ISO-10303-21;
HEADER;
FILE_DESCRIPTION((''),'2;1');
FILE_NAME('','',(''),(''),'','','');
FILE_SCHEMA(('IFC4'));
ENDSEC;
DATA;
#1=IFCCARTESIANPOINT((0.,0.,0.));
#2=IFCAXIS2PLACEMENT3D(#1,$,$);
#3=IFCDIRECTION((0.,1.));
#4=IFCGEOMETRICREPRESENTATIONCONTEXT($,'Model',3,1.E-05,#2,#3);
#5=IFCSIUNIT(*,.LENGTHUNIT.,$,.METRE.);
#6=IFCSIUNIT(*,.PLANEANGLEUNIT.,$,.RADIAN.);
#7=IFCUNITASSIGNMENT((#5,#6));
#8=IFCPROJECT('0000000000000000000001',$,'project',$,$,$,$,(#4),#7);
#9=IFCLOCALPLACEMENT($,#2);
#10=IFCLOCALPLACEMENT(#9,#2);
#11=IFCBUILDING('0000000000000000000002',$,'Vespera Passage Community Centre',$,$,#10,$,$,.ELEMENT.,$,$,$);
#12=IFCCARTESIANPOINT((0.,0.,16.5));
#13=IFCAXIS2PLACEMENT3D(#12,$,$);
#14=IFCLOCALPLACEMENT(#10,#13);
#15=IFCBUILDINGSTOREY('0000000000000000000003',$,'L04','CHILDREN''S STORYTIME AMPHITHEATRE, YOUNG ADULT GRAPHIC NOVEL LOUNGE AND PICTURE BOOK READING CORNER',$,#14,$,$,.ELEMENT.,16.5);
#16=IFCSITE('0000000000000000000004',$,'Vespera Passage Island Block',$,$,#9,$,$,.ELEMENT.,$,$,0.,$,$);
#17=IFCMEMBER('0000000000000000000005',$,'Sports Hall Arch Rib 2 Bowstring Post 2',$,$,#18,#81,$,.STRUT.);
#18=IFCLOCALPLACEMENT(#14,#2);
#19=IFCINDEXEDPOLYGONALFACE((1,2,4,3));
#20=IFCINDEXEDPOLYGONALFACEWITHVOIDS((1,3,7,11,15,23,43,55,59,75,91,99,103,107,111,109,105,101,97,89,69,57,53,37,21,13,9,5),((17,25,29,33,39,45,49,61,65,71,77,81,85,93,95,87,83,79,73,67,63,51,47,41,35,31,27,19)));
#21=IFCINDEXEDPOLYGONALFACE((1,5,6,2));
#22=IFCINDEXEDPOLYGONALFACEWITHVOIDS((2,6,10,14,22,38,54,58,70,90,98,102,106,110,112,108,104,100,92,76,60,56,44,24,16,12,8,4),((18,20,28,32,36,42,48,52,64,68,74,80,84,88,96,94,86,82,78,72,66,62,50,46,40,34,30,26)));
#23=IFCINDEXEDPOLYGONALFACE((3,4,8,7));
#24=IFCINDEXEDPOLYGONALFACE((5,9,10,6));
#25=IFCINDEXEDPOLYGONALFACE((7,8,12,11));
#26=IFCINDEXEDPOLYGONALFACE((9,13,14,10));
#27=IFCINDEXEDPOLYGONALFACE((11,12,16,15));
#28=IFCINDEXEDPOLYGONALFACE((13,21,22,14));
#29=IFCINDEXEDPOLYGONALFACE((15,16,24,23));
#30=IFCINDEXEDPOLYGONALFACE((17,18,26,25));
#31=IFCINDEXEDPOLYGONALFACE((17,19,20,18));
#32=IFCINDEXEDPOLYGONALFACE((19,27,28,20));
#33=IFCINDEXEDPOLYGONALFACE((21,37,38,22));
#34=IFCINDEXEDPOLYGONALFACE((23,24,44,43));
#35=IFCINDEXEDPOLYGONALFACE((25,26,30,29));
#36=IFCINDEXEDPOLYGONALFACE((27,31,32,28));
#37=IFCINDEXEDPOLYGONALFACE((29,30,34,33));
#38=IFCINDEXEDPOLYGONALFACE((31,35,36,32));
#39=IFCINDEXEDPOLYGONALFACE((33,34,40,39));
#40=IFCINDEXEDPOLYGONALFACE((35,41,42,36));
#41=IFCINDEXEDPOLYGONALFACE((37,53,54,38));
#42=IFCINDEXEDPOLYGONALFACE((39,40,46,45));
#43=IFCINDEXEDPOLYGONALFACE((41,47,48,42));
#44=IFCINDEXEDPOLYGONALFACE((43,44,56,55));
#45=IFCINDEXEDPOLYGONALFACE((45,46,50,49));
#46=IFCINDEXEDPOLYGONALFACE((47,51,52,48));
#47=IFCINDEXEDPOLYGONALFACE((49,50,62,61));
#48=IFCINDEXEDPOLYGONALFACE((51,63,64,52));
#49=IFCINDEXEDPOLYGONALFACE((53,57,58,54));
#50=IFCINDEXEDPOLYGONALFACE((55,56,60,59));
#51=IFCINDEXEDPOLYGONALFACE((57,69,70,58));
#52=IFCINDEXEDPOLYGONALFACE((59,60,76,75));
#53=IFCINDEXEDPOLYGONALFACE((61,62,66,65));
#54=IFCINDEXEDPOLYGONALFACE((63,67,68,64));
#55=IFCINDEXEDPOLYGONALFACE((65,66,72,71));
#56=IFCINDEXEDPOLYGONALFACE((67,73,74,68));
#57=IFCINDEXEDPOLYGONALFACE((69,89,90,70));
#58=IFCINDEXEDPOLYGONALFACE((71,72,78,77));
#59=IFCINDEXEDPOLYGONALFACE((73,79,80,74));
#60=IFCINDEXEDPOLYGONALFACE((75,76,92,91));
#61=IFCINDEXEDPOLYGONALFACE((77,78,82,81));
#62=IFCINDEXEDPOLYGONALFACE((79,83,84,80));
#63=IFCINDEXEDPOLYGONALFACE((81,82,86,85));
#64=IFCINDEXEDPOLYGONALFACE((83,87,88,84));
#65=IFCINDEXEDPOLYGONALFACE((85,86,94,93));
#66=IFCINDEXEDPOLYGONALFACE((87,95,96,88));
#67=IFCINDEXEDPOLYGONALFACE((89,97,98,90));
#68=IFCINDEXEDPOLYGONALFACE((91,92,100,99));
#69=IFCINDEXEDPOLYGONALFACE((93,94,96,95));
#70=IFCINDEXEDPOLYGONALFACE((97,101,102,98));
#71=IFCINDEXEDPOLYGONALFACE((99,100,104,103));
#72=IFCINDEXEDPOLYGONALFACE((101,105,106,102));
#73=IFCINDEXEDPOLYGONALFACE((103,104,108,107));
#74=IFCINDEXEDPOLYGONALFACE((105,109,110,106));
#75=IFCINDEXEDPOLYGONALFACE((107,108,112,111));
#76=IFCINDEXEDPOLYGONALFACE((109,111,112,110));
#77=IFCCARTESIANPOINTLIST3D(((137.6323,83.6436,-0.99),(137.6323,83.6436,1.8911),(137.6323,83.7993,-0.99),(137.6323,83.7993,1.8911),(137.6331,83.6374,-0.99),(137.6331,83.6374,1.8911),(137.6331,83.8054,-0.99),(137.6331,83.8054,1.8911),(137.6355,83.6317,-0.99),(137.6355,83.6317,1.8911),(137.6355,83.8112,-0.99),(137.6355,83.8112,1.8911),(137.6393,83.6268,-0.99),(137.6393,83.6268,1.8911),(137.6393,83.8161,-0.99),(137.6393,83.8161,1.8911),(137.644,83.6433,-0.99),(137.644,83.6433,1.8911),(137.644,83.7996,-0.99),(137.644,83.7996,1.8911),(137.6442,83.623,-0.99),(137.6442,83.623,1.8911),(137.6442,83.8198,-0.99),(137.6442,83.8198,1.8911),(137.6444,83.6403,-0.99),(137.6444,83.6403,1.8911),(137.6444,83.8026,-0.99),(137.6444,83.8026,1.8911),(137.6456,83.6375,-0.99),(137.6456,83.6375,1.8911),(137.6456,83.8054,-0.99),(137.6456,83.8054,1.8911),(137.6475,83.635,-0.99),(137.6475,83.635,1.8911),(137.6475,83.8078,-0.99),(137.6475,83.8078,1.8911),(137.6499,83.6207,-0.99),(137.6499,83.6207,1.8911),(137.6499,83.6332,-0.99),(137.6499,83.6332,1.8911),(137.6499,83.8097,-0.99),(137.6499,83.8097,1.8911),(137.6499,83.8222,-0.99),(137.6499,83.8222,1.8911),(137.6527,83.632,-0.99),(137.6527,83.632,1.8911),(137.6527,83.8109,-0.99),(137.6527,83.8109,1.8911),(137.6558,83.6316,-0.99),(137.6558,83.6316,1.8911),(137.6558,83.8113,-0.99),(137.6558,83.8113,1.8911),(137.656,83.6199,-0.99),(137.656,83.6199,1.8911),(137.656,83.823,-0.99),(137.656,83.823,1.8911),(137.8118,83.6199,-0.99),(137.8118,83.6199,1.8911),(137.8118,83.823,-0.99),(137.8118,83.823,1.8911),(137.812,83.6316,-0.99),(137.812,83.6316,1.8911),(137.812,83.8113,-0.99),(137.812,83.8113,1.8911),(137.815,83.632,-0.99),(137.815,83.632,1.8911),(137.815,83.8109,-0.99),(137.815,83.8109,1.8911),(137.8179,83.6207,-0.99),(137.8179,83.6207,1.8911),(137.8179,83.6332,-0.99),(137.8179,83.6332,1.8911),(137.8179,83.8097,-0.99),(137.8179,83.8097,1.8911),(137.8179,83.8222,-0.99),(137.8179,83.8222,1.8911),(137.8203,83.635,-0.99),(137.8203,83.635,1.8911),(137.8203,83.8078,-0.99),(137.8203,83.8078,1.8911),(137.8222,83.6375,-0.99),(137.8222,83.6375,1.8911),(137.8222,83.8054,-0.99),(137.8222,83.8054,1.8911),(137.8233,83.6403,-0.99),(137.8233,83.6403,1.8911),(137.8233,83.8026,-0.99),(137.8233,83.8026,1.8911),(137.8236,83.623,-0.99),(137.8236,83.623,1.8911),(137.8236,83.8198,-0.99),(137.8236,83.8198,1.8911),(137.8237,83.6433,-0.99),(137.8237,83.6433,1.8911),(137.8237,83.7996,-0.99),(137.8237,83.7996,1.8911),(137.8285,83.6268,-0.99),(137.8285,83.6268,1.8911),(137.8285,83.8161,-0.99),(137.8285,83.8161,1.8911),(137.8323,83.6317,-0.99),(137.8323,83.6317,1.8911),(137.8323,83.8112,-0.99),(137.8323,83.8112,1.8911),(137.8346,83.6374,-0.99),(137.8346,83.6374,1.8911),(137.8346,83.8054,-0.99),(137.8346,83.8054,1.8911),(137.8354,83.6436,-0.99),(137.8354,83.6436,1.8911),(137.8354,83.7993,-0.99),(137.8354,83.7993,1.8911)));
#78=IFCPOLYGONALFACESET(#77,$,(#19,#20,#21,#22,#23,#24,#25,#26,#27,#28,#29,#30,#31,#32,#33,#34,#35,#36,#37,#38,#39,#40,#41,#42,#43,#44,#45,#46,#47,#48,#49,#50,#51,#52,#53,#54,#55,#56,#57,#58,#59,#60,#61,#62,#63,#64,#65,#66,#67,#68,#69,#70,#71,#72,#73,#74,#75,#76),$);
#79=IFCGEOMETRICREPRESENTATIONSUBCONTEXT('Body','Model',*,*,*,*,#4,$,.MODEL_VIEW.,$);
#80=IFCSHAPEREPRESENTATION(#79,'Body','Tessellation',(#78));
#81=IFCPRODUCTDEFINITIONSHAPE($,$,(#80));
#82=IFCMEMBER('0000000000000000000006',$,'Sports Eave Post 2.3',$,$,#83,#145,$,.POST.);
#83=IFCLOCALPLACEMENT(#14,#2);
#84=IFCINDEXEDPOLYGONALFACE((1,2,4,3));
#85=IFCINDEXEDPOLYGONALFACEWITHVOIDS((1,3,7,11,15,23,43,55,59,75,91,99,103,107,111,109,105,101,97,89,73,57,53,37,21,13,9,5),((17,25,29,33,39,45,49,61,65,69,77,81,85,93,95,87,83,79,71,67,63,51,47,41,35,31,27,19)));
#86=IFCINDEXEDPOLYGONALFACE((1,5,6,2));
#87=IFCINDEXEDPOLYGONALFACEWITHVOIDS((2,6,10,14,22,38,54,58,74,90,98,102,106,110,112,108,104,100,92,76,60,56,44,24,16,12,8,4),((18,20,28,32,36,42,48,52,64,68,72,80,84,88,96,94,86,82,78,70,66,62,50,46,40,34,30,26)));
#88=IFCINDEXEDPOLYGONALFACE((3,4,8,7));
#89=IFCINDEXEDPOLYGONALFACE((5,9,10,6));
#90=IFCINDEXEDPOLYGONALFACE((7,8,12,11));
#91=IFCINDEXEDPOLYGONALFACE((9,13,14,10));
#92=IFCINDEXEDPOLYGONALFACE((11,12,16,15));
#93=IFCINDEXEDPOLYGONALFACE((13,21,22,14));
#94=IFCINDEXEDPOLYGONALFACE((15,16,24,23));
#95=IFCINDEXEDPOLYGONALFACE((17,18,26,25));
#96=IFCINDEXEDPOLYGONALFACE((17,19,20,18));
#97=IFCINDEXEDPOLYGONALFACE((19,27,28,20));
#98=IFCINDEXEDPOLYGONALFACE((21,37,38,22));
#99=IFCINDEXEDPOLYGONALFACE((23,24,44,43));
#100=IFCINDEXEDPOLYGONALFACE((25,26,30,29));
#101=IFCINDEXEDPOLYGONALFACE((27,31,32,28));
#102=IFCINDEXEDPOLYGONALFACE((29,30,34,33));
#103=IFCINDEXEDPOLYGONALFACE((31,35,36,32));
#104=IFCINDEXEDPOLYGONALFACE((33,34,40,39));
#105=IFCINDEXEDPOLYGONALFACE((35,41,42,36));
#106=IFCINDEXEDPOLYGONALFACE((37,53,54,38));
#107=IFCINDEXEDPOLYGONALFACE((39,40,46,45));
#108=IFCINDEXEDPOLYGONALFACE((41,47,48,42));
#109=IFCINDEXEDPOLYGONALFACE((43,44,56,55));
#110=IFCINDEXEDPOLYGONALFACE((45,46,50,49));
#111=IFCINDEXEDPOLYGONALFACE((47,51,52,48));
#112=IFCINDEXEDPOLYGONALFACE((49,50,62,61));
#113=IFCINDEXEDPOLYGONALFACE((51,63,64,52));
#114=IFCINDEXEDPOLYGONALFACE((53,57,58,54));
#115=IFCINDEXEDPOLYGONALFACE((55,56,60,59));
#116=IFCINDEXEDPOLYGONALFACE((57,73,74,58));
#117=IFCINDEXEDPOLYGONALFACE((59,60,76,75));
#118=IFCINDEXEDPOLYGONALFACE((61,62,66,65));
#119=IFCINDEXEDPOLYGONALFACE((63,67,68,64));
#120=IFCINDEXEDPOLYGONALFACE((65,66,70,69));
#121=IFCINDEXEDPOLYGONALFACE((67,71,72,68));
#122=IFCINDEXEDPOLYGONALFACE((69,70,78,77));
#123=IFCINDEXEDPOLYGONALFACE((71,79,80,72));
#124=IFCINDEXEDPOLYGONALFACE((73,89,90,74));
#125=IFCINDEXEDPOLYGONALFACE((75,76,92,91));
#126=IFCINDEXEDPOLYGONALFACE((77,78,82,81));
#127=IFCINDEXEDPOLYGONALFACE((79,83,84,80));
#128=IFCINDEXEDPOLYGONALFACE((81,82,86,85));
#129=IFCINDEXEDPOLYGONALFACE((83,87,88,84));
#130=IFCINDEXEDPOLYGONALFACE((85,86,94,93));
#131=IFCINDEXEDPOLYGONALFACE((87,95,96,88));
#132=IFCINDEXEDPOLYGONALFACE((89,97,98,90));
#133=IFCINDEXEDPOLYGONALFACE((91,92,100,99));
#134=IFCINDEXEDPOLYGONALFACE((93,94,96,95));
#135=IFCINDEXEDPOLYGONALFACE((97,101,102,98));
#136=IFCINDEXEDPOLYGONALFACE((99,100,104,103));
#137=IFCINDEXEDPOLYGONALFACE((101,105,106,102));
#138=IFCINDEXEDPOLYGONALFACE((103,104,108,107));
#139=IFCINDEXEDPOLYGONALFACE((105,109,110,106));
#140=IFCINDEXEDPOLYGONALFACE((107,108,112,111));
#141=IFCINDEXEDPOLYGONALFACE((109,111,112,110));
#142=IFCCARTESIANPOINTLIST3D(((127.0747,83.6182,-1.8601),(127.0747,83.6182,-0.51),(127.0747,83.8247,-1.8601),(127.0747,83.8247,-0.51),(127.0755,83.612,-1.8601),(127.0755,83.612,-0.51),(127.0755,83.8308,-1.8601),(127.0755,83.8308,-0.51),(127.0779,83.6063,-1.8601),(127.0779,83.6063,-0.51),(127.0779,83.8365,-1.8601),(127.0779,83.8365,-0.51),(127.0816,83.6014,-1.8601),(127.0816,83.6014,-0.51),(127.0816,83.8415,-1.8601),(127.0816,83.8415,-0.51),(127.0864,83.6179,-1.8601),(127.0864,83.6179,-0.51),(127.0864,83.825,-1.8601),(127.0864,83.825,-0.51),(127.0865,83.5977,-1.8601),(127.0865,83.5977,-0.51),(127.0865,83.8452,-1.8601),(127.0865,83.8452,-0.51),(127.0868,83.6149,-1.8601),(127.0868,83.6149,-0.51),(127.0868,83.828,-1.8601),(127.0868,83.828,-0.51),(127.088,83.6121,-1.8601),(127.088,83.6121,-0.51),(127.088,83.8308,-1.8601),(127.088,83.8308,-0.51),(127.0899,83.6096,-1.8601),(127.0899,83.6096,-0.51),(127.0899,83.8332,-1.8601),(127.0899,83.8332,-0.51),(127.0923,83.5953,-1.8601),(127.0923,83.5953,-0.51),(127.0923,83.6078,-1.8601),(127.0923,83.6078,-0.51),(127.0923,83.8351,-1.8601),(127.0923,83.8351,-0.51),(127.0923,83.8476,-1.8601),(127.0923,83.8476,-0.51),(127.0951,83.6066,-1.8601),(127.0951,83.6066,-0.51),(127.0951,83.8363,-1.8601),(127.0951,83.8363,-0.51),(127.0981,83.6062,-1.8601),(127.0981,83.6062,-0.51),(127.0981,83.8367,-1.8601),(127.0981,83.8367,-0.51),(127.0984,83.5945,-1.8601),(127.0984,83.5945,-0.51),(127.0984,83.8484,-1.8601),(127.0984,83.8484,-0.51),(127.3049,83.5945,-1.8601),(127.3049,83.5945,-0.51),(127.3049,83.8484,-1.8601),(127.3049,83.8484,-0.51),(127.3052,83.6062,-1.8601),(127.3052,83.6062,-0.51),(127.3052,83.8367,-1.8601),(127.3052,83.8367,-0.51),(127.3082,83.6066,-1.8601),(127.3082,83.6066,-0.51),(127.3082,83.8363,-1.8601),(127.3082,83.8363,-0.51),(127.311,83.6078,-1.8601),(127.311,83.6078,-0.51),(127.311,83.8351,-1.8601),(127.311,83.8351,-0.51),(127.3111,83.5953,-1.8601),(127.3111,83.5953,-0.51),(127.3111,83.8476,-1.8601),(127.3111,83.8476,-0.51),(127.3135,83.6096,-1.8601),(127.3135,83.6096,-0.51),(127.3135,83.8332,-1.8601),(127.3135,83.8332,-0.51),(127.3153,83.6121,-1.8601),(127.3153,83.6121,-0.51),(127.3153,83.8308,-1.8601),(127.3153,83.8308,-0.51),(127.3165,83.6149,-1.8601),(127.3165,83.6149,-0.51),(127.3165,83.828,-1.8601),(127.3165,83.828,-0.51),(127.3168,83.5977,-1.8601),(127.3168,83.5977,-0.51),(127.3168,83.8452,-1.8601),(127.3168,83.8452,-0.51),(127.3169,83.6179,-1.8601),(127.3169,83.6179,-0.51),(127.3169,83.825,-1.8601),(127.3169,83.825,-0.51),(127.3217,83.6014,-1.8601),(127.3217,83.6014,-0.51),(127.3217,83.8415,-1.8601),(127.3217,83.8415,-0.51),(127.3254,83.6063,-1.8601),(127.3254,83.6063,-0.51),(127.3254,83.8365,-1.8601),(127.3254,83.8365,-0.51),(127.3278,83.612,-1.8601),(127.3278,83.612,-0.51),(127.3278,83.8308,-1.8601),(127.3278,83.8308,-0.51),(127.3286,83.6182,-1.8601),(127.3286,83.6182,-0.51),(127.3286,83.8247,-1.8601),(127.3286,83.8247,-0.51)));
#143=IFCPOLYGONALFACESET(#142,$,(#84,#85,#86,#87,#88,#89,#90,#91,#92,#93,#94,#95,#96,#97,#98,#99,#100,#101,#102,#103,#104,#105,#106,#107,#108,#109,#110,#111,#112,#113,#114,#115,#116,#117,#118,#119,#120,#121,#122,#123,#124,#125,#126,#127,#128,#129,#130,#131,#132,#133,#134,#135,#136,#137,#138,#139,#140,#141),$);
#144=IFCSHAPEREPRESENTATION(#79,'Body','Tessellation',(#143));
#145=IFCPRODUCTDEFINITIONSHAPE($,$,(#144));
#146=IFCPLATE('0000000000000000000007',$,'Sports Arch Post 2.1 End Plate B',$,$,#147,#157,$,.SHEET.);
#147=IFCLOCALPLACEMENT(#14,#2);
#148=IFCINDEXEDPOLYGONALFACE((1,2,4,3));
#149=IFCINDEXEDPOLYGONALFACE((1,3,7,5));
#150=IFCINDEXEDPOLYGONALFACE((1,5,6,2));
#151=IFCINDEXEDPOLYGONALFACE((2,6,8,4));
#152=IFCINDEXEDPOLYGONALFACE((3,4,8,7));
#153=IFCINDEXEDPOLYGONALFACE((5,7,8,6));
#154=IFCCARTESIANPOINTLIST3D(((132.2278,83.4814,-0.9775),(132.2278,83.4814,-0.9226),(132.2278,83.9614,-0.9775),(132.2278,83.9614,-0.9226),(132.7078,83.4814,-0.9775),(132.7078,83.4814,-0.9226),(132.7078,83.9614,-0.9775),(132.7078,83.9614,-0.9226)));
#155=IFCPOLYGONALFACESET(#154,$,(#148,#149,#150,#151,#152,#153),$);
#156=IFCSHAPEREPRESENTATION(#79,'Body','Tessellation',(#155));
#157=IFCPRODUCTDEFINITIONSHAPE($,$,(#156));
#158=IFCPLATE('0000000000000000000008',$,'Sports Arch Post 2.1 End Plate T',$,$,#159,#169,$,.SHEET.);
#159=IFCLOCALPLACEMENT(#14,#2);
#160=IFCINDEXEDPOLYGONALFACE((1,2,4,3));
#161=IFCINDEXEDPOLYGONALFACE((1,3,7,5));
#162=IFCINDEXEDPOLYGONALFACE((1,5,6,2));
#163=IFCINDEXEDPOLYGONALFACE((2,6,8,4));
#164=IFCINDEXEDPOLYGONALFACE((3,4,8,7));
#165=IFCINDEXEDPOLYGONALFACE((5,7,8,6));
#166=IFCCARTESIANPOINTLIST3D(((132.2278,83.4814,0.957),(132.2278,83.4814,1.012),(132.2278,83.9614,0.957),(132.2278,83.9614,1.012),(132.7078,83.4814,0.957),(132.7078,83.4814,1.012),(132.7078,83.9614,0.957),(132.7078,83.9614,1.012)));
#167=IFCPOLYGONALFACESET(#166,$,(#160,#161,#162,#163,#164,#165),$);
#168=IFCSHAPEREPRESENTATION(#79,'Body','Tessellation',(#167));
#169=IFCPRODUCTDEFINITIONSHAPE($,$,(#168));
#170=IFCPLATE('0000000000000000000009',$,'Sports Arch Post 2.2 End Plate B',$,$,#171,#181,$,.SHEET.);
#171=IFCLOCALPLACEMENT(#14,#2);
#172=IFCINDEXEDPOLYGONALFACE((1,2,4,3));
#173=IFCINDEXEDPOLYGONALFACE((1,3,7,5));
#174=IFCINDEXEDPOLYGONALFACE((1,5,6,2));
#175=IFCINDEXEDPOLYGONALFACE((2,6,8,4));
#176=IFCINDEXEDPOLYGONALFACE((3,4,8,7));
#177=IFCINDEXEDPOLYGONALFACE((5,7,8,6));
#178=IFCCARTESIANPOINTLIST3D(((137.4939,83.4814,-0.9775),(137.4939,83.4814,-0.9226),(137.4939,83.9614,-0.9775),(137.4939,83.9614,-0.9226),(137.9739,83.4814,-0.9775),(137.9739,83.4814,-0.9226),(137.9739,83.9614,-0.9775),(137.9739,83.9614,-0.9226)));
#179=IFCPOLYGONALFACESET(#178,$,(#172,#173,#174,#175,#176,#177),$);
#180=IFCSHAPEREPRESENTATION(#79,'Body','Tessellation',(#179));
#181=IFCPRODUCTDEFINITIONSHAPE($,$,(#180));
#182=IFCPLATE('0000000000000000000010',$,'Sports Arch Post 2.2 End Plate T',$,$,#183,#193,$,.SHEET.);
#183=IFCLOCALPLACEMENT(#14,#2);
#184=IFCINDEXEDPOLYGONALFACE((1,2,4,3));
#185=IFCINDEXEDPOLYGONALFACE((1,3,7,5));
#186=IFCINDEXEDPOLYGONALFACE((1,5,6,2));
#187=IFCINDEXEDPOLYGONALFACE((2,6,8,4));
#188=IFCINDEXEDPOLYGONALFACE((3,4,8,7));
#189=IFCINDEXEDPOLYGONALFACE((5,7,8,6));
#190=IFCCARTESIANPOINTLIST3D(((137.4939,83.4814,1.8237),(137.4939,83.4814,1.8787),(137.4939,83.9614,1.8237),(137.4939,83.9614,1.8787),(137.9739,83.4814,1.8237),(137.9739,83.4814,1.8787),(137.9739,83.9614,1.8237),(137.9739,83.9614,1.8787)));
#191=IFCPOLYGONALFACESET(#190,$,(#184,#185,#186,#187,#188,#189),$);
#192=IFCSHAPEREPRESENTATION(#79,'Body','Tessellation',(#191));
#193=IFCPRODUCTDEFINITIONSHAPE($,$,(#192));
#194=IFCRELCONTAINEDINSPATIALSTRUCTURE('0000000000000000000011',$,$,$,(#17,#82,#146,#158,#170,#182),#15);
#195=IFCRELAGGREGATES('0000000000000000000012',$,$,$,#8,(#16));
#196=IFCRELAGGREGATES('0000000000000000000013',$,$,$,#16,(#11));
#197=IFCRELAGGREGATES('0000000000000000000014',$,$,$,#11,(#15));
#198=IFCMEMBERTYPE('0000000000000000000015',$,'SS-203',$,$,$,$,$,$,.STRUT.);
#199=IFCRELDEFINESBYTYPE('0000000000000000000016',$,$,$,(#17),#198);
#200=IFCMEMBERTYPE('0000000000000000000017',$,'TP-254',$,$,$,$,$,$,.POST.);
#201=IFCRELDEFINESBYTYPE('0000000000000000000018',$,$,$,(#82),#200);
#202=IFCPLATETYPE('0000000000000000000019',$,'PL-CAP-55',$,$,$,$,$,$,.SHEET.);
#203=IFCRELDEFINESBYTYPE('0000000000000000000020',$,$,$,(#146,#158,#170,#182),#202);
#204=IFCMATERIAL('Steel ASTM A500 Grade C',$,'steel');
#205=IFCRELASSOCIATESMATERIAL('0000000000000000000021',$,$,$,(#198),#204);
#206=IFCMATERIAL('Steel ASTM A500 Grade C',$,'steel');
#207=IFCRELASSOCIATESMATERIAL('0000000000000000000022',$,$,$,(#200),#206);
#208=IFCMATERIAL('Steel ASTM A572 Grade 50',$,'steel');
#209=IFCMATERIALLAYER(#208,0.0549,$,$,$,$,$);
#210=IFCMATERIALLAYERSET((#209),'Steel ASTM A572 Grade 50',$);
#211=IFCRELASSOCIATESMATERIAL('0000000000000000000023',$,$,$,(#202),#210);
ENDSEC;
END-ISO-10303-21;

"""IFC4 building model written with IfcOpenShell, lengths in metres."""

from ifc_helpers import new_model, si_unit, direction, frame, origin, origin_2d, place, context, subcontext, project, spatial, rectangle, hollow_rectangle, extrude, material, layer, layer_set, material_profile, profile_set, type_object, element, save


model = new_model("IFC4")

# Units and contexts
model_context = context("Model", 3, precision=1e-05, world=origin(), true_north=direction((0.0, 1.0)))
body_context = subcontext(model_context, "Body", "Model", "MODEL_VIEW")
ifc_project = project(units=[si_unit("LENGTHUNIT", "METRE"), si_unit("PLANEANGLEUNIT", "RADIAN")], contexts=[model_context])

# Site, building, storey
site_placement = place(None, origin())
site = spatial("IfcSite", under=ifc_project, at=site_placement, Name="Vespera Passage Island Block", CompositionType="ELEMENT", RefElevation=0.0)
building_placement = place(site_placement, origin())
building = spatial("IfcBuilding", under=site, at=building_placement, Name="Vespera Passage Community Centre", CompositionType="ELEMENT")
storey_placement = place(building_placement, frame((0.0, 0.0, 16.5)))
storey = spatial("IfcBuildingStorey", under=building, at=storey_placement, Name="L04", Description="CHILDREN'S STORYTIME AMPHITHEATRE, YOUNG ADULT GRAPHIC NOVEL LOUNGE AND PICTURE BOOK READING CORNER", CompositionType="ELEMENT", Elevation=16.5)

# Members
ifc_material_1 = material(Name="Steel ASTM A500 Grade C", Category="steel")
ifc_material_profile_1 = material_profile(ifc_material_1, hollow_rectangle(XDim=0.2031, YDim=0.2031, WallThickness=0.0117, InnerFilletRadius=0.0117, OuterFilletRadius=0.0237, at=origin_2d()), Name="HSS203X203X12.7")
ifc_profile_set_1 = profile_set([ifc_material_profile_1], Name="Steel ASTM A500 Grade C")
member_type_1 = type_object("IfcMemberType", Name="SS-203", PredefinedType="STRUT", material=ifc_profile_set_1)
member_1_placement = place(storey_placement, frame((137.7339, 83.7214, -0.99), z_axis=(0.0, 0.0, 1.0), x_axis=(1.0, 0.0, 0.0)))
element("IfcMember", 1, at=member_1_placement, inside=storey, type_object=member_type_1, Name="Sports Hall Arch Rib 2 Bowstring Post 2", PredefinedType="STRUT", context=body_context, shape_type="SweptSolid", body=[
    extrude(hollow_rectangle(XDim=0.2031, YDim=0.2031, WallThickness=0.0117, InnerFilletRadius=0.0117, OuterFilletRadius=0.0237, at=origin_2d()), origin(), (0.0, 0.0, 1.0), 2.8811),
])
ifc_material_2 = material(Name="Steel ASTM A500 Grade C", Category="steel")
ifc_material_profile_2 = material_profile(ifc_material_2, hollow_rectangle(XDim=0.2539, YDim=0.2539, WallThickness=0.0117, InnerFilletRadius=0.0117, OuterFilletRadius=0.0237, at=origin_2d()), Name="HSS254X254X12.7")
ifc_profile_set_2 = profile_set([ifc_material_profile_2], Name="Steel ASTM A500 Grade C")
member_type_2 = type_object("IfcMemberType", Name="TP-254", PredefinedType="POST", material=ifc_profile_set_2)
member_2_placement = place(storey_placement, frame((127.2017, 83.7214, -1.8601), z_axis=(0.0, 0.0, 1.0), x_axis=(1.0, 0.0, 0.0)))
element("IfcMember", 2, at=member_2_placement, inside=storey, type_object=member_type_2, Name="Sports Eave Post 2.3", PredefinedType="POST", context=body_context, shape_type="SweptSolid", body=[
    extrude(hollow_rectangle(XDim=0.2539, YDim=0.2539, WallThickness=0.0117, InnerFilletRadius=0.0117, OuterFilletRadius=0.0237, at=origin_2d()), origin(), (0.0, 0.0, 1.0), 1.3501),
])

# Plates
ifc_material_3 = material(Name="Steel ASTM A572 Grade 50", Category="steel")
ifc_layer_1 = layer(ifc_material_3, 0.0549)
ifc_layer_set_1 = layer_set([ifc_layer_1], Name="Steel ASTM A572 Grade 50")
plate_type_1 = type_object("IfcPlateType", Name="PL-CAP-55", PredefinedType="SHEET", material=ifc_layer_set_1)
for number, where, z_axis, x_axis, name in (
    (3, (132.4678, 83.7214, -0.9775), (0.0, 0.0, 1.0), (1.0, 0.0, 0.0), "Sports Arch Post 2.1 End Plate B"),
    (4, (132.4678, 83.7214, 0.957), (0.0, 0.0, 1.0), (1.0, 0.0, 0.0), "Sports Arch Post 2.1 End Plate T"),
    (5, (137.7339, 83.7214, -0.9775), (0.0, 0.0, 1.0), (1.0, 0.0, 0.0), "Sports Arch Post 2.2 End Plate B"),
    (6, (137.7339, 83.7214, 1.8237), (0.0, 0.0, 1.0), (1.0, 0.0, 0.0), "Sports Arch Post 2.2 End Plate T"),
):
    element("IfcPlate", number, at=place(storey_placement, frame(where, z_axis=z_axis, x_axis=x_axis)), inside=storey, type_object=plate_type_1, Name=name, PredefinedType="SHEET", context=body_context, shape_type="SweptSolid", body=[
        extrude(rectangle(XDim=0.48, YDim=0.48, at=origin_2d()), origin(), (0.0, 0.0, 1.0), 0.0549),
    ])

save(model, "model.ifc")
